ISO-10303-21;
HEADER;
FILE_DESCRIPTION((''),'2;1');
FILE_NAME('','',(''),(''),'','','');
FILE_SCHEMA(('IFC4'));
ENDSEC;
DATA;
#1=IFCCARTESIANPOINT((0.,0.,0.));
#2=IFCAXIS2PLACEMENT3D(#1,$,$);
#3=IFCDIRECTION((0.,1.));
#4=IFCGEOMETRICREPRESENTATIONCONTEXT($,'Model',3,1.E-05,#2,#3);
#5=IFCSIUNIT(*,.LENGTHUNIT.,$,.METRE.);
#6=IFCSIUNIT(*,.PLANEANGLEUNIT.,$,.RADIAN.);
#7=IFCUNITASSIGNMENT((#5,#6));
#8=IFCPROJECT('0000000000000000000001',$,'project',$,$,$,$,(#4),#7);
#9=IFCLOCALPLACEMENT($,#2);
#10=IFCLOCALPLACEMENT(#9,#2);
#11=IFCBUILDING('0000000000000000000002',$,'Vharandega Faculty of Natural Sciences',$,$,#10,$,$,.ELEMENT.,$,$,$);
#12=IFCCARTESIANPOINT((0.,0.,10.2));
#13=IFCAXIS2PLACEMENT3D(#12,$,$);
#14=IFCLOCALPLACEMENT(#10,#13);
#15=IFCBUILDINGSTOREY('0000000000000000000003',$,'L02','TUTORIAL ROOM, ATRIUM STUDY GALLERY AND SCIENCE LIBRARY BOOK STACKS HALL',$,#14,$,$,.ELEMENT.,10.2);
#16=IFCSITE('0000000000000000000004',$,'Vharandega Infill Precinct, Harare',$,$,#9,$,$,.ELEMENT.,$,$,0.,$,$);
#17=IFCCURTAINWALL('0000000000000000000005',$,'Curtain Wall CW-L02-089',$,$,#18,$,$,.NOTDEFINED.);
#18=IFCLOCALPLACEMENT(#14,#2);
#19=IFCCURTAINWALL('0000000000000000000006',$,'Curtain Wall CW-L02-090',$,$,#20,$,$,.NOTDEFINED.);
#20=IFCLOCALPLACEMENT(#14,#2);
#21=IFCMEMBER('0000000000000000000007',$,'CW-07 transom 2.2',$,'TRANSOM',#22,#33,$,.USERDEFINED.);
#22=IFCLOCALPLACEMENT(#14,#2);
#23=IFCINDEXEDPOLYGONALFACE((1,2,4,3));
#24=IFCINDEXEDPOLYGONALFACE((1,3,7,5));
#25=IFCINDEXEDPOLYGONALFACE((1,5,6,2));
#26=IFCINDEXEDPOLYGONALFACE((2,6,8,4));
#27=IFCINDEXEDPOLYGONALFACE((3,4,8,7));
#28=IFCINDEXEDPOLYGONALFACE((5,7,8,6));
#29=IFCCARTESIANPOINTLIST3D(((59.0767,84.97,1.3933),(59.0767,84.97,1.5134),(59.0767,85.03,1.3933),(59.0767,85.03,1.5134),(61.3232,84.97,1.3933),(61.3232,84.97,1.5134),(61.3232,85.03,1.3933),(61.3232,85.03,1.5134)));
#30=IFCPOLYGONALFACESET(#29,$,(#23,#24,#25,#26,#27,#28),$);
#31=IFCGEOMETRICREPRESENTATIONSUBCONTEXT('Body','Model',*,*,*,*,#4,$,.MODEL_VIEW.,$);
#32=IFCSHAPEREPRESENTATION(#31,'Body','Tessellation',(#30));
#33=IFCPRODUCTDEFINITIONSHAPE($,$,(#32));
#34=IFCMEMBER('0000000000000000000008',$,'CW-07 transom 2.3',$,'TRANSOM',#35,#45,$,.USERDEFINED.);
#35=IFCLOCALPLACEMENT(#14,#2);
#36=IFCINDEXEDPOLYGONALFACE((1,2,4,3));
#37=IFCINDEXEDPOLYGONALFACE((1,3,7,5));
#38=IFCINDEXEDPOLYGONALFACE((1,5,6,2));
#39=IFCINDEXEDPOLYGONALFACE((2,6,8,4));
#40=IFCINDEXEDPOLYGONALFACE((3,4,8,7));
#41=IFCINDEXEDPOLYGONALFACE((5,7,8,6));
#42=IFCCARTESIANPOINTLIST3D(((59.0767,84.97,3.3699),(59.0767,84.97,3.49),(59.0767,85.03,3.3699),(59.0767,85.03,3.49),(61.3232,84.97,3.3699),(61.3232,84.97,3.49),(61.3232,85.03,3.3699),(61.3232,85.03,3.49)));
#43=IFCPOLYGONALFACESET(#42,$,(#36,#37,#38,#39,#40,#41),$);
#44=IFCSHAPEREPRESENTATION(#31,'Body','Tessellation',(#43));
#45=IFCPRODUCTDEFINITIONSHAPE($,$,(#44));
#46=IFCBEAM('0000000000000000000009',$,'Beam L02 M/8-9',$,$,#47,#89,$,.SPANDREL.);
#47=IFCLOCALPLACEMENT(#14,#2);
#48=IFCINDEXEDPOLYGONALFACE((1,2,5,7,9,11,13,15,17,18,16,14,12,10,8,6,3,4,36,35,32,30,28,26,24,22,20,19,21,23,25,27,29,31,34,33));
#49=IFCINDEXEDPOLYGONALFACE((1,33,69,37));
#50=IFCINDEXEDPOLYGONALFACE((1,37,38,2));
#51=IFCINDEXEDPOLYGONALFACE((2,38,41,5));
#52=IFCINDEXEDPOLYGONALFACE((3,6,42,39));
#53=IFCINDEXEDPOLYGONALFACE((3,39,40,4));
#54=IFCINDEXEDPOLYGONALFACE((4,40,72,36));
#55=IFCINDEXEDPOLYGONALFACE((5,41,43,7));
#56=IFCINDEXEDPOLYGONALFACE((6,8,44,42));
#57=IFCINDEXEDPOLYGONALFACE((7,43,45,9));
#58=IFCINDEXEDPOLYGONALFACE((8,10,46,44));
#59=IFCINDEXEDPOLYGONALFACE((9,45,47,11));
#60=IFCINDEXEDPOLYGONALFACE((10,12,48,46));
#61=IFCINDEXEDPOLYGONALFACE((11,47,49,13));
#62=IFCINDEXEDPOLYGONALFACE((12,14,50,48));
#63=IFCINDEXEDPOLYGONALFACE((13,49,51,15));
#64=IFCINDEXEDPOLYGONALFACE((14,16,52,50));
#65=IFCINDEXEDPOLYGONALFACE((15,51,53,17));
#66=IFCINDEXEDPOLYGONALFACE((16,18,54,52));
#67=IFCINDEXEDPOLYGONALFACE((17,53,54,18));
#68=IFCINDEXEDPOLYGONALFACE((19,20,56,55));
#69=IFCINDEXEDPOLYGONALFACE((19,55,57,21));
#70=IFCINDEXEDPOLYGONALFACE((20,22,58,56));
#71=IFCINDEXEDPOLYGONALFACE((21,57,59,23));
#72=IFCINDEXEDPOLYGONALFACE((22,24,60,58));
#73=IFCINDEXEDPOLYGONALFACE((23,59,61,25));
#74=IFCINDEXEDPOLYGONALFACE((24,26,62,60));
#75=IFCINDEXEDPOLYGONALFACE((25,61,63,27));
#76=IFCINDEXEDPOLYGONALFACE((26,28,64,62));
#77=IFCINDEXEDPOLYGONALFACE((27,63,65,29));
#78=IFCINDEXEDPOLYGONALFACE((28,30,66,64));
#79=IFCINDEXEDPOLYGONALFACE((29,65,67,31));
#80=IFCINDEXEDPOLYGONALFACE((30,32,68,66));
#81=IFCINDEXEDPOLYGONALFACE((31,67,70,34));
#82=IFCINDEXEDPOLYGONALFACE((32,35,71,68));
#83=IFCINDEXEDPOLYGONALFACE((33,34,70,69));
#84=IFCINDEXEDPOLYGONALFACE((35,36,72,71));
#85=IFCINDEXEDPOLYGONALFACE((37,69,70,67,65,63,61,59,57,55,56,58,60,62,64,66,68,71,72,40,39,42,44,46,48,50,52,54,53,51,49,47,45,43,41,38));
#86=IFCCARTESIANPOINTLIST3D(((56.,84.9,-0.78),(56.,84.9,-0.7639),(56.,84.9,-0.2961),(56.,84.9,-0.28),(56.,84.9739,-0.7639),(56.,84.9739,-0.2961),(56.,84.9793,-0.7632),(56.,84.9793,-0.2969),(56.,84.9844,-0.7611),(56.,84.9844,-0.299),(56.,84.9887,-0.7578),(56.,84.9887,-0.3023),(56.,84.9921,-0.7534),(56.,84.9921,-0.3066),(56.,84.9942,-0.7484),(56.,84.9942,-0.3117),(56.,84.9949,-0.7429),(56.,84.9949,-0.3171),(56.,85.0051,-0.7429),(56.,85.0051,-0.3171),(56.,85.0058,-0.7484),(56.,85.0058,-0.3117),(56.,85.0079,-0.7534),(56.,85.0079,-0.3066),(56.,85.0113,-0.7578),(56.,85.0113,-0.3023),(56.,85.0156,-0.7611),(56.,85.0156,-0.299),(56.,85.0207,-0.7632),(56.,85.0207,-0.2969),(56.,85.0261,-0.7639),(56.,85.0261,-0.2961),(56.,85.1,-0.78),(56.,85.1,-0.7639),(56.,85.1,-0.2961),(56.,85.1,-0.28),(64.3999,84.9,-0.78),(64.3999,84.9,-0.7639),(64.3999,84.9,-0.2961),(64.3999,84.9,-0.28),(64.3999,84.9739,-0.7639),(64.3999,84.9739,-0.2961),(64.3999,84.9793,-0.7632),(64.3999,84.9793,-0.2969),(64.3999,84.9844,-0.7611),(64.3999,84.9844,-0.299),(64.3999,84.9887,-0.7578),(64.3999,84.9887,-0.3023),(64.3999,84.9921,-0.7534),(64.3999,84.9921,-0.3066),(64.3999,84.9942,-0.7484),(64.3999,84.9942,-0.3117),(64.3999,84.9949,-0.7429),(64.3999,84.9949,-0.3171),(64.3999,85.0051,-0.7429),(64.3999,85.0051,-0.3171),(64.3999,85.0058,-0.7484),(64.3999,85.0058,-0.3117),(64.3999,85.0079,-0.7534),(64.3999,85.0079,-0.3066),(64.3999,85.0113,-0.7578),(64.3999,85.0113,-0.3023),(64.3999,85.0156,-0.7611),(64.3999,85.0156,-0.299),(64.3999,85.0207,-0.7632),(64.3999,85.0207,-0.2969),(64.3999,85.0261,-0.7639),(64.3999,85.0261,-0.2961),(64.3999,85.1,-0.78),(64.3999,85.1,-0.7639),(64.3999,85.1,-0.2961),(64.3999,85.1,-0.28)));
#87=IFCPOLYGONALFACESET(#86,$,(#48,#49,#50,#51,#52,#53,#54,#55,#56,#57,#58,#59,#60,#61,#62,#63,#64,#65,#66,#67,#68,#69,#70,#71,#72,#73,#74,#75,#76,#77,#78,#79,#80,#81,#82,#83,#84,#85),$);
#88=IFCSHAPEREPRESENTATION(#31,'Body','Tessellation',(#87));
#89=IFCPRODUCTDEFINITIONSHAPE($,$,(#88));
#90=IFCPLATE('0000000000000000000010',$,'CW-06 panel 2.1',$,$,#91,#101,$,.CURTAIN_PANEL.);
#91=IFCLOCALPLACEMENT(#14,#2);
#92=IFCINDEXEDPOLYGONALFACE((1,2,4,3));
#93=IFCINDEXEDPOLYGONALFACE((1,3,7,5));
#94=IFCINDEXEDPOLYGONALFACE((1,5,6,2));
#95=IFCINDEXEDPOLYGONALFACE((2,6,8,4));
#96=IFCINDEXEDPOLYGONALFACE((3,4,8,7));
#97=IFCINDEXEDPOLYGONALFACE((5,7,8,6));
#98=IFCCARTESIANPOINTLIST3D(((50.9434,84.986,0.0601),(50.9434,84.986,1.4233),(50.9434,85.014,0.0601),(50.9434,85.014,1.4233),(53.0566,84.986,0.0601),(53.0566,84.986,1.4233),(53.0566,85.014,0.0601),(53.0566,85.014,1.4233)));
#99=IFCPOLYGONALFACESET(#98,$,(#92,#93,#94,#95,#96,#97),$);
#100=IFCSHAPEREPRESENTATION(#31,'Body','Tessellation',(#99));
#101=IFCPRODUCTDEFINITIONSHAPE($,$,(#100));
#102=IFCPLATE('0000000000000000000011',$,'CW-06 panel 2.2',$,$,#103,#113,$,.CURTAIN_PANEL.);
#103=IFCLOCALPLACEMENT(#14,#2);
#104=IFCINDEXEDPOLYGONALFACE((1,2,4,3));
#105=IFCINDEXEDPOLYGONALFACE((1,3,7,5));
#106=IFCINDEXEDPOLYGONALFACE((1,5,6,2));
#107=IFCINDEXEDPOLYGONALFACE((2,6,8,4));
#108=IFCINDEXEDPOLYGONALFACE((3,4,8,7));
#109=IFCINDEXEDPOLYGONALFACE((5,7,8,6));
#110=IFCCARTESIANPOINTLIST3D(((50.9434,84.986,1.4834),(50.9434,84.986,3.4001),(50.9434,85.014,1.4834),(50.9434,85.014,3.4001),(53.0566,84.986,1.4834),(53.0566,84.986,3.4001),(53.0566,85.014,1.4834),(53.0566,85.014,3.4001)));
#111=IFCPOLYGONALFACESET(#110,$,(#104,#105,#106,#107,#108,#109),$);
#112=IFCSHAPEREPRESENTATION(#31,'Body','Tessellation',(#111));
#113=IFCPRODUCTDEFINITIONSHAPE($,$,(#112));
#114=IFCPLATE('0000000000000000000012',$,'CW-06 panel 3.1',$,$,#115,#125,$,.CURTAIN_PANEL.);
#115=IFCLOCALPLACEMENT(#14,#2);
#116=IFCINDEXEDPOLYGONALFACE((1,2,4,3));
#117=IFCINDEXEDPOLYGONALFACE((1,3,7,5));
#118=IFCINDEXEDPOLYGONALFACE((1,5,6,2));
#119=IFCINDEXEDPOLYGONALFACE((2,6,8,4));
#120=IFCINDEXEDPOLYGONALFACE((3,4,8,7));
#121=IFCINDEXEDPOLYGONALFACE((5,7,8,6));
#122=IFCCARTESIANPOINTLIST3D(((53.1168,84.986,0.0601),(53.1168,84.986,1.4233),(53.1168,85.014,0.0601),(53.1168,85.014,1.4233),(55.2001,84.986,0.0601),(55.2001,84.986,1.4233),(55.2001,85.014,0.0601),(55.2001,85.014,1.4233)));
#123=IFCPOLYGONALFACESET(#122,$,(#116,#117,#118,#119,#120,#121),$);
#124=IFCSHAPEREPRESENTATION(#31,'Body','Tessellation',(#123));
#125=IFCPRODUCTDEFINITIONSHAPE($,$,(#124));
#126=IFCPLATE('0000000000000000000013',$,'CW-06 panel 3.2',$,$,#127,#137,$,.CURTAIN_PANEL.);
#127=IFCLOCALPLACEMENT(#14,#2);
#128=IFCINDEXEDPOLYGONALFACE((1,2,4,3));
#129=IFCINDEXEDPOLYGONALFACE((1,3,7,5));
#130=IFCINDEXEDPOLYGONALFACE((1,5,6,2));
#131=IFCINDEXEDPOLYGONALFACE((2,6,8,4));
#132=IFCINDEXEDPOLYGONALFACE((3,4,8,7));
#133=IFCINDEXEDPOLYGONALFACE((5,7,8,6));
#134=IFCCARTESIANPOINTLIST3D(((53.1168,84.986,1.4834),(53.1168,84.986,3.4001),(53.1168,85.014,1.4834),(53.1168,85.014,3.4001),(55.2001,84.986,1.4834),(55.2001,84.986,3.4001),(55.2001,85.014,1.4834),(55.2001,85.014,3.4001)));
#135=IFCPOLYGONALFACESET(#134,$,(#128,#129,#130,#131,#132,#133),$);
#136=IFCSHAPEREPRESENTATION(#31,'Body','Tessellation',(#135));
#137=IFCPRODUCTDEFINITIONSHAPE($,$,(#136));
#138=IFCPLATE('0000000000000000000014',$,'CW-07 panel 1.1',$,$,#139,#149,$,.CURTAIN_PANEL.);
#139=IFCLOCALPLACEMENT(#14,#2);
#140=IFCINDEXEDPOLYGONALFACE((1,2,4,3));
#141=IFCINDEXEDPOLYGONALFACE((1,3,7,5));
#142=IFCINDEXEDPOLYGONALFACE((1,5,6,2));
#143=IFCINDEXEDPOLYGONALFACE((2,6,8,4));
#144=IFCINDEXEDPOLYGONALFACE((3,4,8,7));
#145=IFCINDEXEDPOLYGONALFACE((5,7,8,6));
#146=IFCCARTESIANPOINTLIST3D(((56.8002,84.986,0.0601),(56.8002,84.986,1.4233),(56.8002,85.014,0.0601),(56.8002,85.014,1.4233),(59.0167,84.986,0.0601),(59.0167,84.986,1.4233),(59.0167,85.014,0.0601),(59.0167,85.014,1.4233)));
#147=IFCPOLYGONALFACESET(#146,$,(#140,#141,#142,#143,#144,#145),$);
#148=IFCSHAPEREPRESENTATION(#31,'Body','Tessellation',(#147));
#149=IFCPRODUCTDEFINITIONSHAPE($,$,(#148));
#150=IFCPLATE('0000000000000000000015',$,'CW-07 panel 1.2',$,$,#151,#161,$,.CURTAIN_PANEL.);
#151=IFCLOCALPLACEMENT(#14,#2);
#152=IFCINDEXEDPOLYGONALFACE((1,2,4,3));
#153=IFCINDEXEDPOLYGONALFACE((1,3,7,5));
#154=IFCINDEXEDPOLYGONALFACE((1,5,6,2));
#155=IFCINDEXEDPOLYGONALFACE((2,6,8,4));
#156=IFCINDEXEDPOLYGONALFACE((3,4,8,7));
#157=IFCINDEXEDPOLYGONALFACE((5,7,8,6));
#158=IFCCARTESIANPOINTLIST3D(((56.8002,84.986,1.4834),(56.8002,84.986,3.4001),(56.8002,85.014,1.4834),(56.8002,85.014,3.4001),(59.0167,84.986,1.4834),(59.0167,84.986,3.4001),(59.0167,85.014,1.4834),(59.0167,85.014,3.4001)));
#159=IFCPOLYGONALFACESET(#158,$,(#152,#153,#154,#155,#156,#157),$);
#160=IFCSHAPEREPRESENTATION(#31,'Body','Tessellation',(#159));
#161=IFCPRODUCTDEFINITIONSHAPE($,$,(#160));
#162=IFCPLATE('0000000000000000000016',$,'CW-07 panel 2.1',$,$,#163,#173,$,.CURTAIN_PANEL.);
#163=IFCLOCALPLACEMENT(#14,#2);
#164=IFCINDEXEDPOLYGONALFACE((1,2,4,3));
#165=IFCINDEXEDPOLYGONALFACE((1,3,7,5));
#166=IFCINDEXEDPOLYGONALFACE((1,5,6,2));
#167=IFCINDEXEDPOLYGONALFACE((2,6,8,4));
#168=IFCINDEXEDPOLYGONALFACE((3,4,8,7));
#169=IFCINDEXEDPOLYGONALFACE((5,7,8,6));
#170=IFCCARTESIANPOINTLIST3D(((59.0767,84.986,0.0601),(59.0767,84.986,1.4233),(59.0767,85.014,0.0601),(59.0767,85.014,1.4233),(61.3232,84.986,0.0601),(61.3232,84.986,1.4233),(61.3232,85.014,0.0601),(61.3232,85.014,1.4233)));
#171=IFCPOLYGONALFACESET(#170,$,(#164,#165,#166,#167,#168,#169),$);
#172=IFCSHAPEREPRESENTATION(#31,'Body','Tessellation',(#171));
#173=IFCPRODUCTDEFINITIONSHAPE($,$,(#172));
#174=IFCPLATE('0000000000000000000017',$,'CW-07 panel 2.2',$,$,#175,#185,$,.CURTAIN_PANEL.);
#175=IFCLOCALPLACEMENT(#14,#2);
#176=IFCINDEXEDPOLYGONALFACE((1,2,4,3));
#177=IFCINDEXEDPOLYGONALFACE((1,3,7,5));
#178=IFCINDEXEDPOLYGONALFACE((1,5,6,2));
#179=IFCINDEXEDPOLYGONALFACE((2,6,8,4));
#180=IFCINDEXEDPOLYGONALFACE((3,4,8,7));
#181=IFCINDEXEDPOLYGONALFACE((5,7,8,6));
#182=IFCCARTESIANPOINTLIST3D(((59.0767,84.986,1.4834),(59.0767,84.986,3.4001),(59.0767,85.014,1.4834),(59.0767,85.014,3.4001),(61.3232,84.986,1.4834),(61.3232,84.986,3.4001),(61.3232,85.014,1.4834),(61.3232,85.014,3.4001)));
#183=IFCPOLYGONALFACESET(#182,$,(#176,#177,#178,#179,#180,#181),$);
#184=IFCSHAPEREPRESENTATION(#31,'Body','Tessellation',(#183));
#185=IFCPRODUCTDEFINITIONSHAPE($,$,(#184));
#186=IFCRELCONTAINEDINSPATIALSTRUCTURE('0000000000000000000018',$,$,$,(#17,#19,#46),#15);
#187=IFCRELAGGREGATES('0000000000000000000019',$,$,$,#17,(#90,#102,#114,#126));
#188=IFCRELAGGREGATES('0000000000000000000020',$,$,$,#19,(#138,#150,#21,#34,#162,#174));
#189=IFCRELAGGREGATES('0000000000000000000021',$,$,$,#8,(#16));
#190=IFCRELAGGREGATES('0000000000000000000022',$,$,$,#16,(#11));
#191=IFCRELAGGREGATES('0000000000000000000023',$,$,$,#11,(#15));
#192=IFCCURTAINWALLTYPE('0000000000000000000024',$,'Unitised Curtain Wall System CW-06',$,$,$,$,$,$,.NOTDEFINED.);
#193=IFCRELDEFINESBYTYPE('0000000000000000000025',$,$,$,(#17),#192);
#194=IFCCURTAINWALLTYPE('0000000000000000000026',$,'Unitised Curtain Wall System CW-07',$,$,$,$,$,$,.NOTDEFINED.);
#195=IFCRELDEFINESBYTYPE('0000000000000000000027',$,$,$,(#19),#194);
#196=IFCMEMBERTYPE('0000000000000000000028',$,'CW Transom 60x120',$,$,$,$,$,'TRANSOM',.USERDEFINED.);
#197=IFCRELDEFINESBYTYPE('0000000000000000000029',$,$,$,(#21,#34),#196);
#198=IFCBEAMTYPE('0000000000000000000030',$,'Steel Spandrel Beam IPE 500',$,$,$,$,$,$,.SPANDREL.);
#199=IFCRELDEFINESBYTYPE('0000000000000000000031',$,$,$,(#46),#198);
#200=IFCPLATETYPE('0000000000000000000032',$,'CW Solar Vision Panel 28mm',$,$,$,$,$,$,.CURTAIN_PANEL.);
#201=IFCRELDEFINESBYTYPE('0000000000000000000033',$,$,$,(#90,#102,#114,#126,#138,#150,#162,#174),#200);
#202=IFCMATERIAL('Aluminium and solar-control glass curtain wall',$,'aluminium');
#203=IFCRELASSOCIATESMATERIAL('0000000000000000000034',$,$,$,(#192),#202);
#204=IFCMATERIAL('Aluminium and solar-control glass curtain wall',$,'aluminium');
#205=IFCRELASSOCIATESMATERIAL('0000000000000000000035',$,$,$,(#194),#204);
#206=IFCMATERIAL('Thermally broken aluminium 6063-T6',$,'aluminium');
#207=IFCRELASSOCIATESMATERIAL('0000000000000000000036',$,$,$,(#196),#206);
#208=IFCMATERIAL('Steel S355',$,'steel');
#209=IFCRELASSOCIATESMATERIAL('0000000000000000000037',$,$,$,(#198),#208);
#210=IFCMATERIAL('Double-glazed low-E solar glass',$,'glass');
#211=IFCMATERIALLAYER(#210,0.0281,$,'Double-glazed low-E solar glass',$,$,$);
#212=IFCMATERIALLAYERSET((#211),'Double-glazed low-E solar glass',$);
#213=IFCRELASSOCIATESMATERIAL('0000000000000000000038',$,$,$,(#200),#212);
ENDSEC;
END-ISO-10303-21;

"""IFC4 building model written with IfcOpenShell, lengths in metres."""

from ifc_helpers import new_model, si_unit, direction, frame, origin, origin_2d, place, context, subcontext, project, spatial, rectangle, i_section, extrude, material, layer, layer_set, material_profile, profile_set, type_object, element, aggregate, save


model = new_model("IFC4")

# Units and contexts
model_context = context("Model", 3, precision=1e-05, world=origin(), true_north=direction((0.0, 1.0)))
body_context = subcontext(model_context, "Body", "Model", "MODEL_VIEW")
ifc_project = project(units=[si_unit("LENGTHUNIT", "METRE"), si_unit("PLANEANGLEUNIT", "RADIAN")], contexts=[model_context])

# Site, building, storey
site_placement = place(None, origin())
site = spatial("IfcSite", under=ifc_project, at=site_placement, Name="Vharandega Infill Precinct, Harare", CompositionType="ELEMENT", RefElevation=0.0)
building_placement = place(site_placement, origin())
building = spatial("IfcBuilding", under=site, at=building_placement, Name="Vharandega Faculty of Natural Sciences", CompositionType="ELEMENT")
storey_placement = place(building_placement, frame((0.0, 0.0, 10.2)))
storey = spatial("IfcBuildingStorey", under=building, at=storey_placement, Name="L02", Description="TUTORIAL ROOM, ATRIUM STUDY GALLERY AND SCIENCE LIBRARY BOOK STACKS HALL", CompositionType="ELEMENT", Elevation=10.2)

# Curtain walls
ifc_material_1 = material(Name="Aluminium and solar-control glass curtain wall", Category="aluminium")
curtain_wall_type_1 = type_object("IfcCurtainWallType", Name="Unitised Curtain Wall System CW-06", PredefinedType="NOTDEFINED", material=ifc_material_1)
curtain_wall_1_placement = place(storey_placement, origin())
curtain_wall_1 = element("IfcCurtainWall", 1, at=curtain_wall_1_placement, inside=storey, type_object=curtain_wall_type_1, Name="Curtain Wall CW-L02-089", PredefinedType="NOTDEFINED")
ifc_material_2 = material(Name="Aluminium and solar-control glass curtain wall", Category="aluminium")
curtain_wall_type_2 = type_object("IfcCurtainWallType", Name="Unitised Curtain Wall System CW-07", PredefinedType="NOTDEFINED", material=ifc_material_2)
curtain_wall_2_placement = place(storey_placement, origin())
curtain_wall_2 = element("IfcCurtainWall", 2, at=curtain_wall_2_placement, inside=storey, type_object=curtain_wall_type_2, Name="Curtain Wall CW-L02-090", PredefinedType="NOTDEFINED")

# Members
ifc_material_3 = material(Name="Thermally broken aluminium 6063-T6", Category="aluminium")
ifc_material_profile_1 = material_profile(ifc_material_3, rectangle(XDim=0.0601, YDim=0.1201, at=origin_2d()), Name="ALU 60x120")
ifc_profile_set_1 = profile_set([ifc_material_profile_1], Name="Thermally broken aluminium 6063-T6")
member_type_1 = type_object("IfcMemberType", Name="CW Transom 60x120", ElementType="TRANSOM", PredefinedType="USERDEFINED", material=ifc_profile_set_1)
member_1_placement = place(storey_placement, frame((59.0767, 85.0, 1.4534), z_axis=(1.0, 0.0, 0.0), x_axis=(0.0, 1.0, 0.0)))
member_1 = element("IfcMember", 3, at=member_1_placement, type_object=member_type_1, Name="CW-07 transom 2.2", ObjectType="TRANSOM", PredefinedType="USERDEFINED", context=body_context, shape_type="SweptSolid", body=[
    extrude(rectangle(XDim=0.0601, YDim=0.1201, at=origin_2d()), origin(), (0.0, 0.0, 1.0), 2.2466),
])
member_2_placement = place(storey_placement, frame((59.0767, 85.0, 3.4299), z_axis=(1.0, 0.0, 0.0), x_axis=(0.0, 1.0, 0.0)))
member_2 = element("IfcMember", 4, at=member_2_placement, type_object=member_type_1, Name="CW-07 transom 2.3", ObjectType="TRANSOM", PredefinedType="USERDEFINED", context=body_context, shape_type="SweptSolid", body=[
    extrude(rectangle(XDim=0.0601, YDim=0.1201, at=origin_2d()), origin(), (0.0, 0.0, 1.0), 2.2466),
])

# Beam
ifc_material_4 = material(Name="Steel S355", Category="steel")
ifc_material_profile_2 = material_profile(ifc_material_4, i_section(OverallWidth=0.2, OverallDepth=0.5, WebThickness=0.0103, FlangeThickness=0.0161, FilletRadius=0.021, at=origin_2d()), Name="IPE 500")
ifc_profile_set_2 = profile_set([ifc_material_profile_2], Name="Steel S355")
beam_type = type_object("IfcBeamType", Name="Steel Spandrel Beam IPE 500", PredefinedType="SPANDREL", material=ifc_profile_set_2)
beam_placement = place(storey_placement, frame((56.0, 85.0, -0.53), z_axis=(1.0, 0.0, 0.0), x_axis=(0.0, 1.0, 0.0)))
element("IfcBeam", 5, at=beam_placement, inside=storey, type_object=beam_type, Name="Beam L02 M/8-9", PredefinedType="SPANDREL", context=body_context, shape_type="SweptSolid", body=[
    extrude(i_section(OverallWidth=0.2, OverallDepth=0.5, WebThickness=0.0103, FlangeThickness=0.0161, FilletRadius=0.021, at=origin_2d()), origin(), (0.0, 0.0, 1.0), 8.3999),
])

# Plates
ifc_material_5 = material(Name="Double-glazed low-E solar glass", Category="glass")
ifc_layer = layer(ifc_material_5, 0.0281, Name="Double-glazed low-E solar glass")
ifc_layer_set = layer_set([ifc_layer], Name="Double-glazed low-E solar glass")
plate_type = type_object("IfcPlateType", Name="CW Solar Vision Panel 28mm", PredefinedType="CURTAIN_PANEL", material=ifc_layer_set)
plate_1_placement = place(storey_placement, frame((52.0, 85.0, 0.0601), z_axis=(0.0, 0.0, 1.0), x_axis=(1.0, 0.0, 0.0)))
plate_1 = element("IfcPlate", 6, at=plate_1_placement, type_object=plate_type, Name="CW-06 panel 2.1", PredefinedType="CURTAIN_PANEL", context=body_context, shape_type="SweptSolid", body=[
    extrude(rectangle(XDim=2.1133, YDim=0.0281, at=origin_2d()), origin(), (0.0, 0.0, 1.0), 1.3633),
])
plate_2_placement = place(storey_placement, frame((52.0, 85.0, 1.4834), z_axis=(0.0, 0.0, 1.0), x_axis=(1.0, 0.0, 0.0)))
plate_2 = element("IfcPlate", 7, at=plate_2_placement, type_object=plate_type, Name="CW-06 panel 2.2", PredefinedType="CURTAIN_PANEL", context=body_context, shape_type="SweptSolid", body=[
    extrude(rectangle(XDim=2.1133, YDim=0.0281, at=origin_2d()), origin(), (0.0, 0.0, 1.0), 1.9167),
])
plate_3_placement = place(storey_placement, frame((54.1584, 85.0, 0.0601), z_axis=(0.0, 0.0, 1.0), x_axis=(1.0, 0.0, 0.0)))
plate_3 = element("IfcPlate", 8, at=plate_3_placement, type_object=plate_type, Name="CW-06 panel 3.1", PredefinedType="CURTAIN_PANEL", context=body_context, shape_type="SweptSolid", body=[
    extrude(rectangle(XDim=2.0833, YDim=0.0281, at=origin_2d()), origin(), (0.0, 0.0, 1.0), 1.3633),
])
plate_4_placement = place(storey_placement, frame((54.1584, 85.0, 1.4834), z_axis=(0.0, 0.0, 1.0), x_axis=(1.0, 0.0, 0.0)))
plate_4 = element("IfcPlate", 9, at=plate_4_placement, type_object=plate_type, Name="CW-06 panel 3.2", PredefinedType="CURTAIN_PANEL", context=body_context, shape_type="SweptSolid", body=[
    extrude(rectangle(XDim=2.0833, YDim=0.0281, at=origin_2d()), origin(), (0.0, 0.0, 1.0), 1.9167),
])
aggregate(curtain_wall_1, [plate_1, plate_2, plate_3, plate_4])
plate_5_placement = place(storey_placement, frame((57.9084, 85.0, 0.0601), z_axis=(0.0, 0.0, 1.0), x_axis=(1.0, 0.0, 0.0)))
plate_5 = element("IfcPlate", 10, at=plate_5_placement, type_object=plate_type, Name="CW-07 panel 1.1", PredefinedType="CURTAIN_PANEL", context=body_context, shape_type="SweptSolid", body=[
    extrude(rectangle(XDim=2.2166, YDim=0.0281, at=origin_2d()), origin(), (0.0, 0.0, 1.0), 1.3633),
])
plate_6_placement = place(storey_placement, frame((57.9084, 85.0, 1.4834), z_axis=(0.0, 0.0, 1.0), x_axis=(1.0, 0.0, 0.0)))
plate_6 = element("IfcPlate", 11, at=plate_6_placement, type_object=plate_type, Name="CW-07 panel 1.2", PredefinedType="CURTAIN_PANEL", context=body_context, shape_type="SweptSolid", body=[
    extrude(rectangle(XDim=2.2166, YDim=0.0281, at=origin_2d()), origin(), (0.0, 0.0, 1.0), 1.9167),
])
plate_7_placement = place(storey_placement, frame((60.2, 85.0, 0.0601), z_axis=(0.0, 0.0, 1.0), x_axis=(1.0, 0.0, 0.0)))
plate_7 = element("IfcPlate", 12, at=plate_7_placement, type_object=plate_type, Name="CW-07 panel 2.1", PredefinedType="CURTAIN_PANEL", context=body_context, shape_type="SweptSolid", body=[
    extrude(rectangle(XDim=2.2466, YDim=0.0281, at=origin_2d()), origin(), (0.0, 0.0, 1.0), 1.3633),
])
plate_8_placement = place(storey_placement, frame((60.2, 85.0, 1.4834), z_axis=(0.0, 0.0, 1.0), x_axis=(1.0, 0.0, 0.0)))
plate_8 = element("IfcPlate", 13, at=plate_8_placement, type_object=plate_type, Name="CW-07 panel 2.2", PredefinedType="CURTAIN_PANEL", context=body_context, shape_type="SweptSolid", body=[
    extrude(rectangle(XDim=2.2466, YDim=0.0281, at=origin_2d()), origin(), (0.0, 0.0, 1.0), 1.9167),
])
aggregate(curtain_wall_2, [plate_5, plate_6, member_1, member_2, plate_7, plate_8])

save(model, "model.ifc")
